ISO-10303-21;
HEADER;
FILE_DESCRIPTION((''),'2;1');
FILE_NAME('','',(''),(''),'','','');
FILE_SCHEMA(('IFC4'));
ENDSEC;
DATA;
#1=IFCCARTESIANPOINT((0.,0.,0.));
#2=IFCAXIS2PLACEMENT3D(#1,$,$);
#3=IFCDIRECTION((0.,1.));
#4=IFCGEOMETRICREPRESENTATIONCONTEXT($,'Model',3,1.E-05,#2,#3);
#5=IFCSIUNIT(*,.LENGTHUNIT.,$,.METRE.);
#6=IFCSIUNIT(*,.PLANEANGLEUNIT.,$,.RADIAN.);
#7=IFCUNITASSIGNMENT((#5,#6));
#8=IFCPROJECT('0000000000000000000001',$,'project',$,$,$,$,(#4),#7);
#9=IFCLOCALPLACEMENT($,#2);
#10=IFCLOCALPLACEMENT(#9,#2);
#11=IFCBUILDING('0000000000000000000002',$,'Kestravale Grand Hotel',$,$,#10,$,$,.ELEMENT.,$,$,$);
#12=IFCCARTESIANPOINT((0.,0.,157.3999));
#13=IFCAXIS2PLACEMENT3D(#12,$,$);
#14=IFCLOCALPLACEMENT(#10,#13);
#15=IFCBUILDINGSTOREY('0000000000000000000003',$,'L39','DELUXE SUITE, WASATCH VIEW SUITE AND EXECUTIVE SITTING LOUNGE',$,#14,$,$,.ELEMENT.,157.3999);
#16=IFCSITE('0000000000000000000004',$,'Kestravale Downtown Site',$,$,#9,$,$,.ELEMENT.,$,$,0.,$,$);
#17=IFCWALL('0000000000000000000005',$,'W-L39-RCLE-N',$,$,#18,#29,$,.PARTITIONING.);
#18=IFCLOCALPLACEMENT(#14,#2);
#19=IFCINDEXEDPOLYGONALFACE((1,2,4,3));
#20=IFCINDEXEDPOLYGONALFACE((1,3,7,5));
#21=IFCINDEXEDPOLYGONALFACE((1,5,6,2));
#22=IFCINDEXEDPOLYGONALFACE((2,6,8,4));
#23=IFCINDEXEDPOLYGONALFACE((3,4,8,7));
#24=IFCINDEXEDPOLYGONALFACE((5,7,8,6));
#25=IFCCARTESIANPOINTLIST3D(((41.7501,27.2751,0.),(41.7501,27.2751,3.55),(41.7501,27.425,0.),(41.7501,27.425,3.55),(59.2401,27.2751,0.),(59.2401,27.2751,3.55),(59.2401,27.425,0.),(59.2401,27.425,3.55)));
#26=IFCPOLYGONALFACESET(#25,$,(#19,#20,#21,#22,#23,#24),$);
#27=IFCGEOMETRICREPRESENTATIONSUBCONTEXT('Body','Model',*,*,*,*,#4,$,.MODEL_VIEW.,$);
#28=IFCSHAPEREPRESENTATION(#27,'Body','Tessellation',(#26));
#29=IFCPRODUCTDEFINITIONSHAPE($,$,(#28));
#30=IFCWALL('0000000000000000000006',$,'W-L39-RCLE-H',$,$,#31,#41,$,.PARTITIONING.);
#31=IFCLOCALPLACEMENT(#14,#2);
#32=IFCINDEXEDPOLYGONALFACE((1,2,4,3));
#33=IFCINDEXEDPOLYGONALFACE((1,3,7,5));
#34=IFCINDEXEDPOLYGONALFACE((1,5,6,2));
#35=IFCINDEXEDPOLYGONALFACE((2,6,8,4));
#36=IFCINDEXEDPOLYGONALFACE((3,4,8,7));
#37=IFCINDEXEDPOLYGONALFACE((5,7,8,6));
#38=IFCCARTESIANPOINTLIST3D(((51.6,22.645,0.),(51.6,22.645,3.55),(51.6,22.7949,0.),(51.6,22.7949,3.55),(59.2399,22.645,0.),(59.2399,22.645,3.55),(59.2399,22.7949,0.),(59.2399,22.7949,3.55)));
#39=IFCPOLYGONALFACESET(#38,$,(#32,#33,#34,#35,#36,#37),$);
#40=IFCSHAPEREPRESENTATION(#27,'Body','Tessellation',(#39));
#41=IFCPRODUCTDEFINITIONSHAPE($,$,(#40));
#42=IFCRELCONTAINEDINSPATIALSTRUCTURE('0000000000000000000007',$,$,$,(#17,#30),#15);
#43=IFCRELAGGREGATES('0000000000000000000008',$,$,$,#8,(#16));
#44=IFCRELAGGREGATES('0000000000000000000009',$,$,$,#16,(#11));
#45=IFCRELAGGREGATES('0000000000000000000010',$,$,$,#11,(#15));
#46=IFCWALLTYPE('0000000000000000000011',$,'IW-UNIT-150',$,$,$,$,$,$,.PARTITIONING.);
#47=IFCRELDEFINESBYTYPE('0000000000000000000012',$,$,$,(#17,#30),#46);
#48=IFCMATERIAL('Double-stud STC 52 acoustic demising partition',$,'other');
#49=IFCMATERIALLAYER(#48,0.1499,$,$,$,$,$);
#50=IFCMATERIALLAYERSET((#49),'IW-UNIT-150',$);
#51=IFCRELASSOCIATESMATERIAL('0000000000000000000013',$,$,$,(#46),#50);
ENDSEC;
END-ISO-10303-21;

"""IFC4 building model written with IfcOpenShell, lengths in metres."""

from ifc_helpers import new_model, si_unit, direction, frame, frame_2d, origin, place, context, subcontext, project, spatial, rectangle, extrude, material, layer, layer_set, type_object, element, save


model = new_model("IFC4")

# Units and contexts
model_context = context("Model", 3, precision=1e-05, world=origin(), true_north=direction((0.0, 1.0)))
body_context = subcontext(model_context, "Body", "Model", "MODEL_VIEW")
ifc_project = project(units=[si_unit("LENGTHUNIT", "METRE"), si_unit("PLANEANGLEUNIT", "RADIAN")], contexts=[model_context])

# Site, building, storey
site_placement = place(None, origin())
site = spatial("IfcSite", under=ifc_project, at=site_placement, Name="Kestravale Downtown Site", CompositionType="ELEMENT", RefElevation=0.0)
building_placement = place(site_placement, origin())
building = spatial("IfcBuilding", under=site, at=building_placement, Name="Kestravale Grand Hotel", CompositionType="ELEMENT")
storey_placement = place(building_placement, frame((0.0, 0.0, 157.3999)))
storey = spatial("IfcBuildingStorey", under=building, at=storey_placement, Name="L39", Description="DELUXE SUITE, WASATCH VIEW SUITE AND EXECUTIVE SITTING LOUNGE", CompositionType="ELEMENT", Elevation=157.3999)

# Walls
ifc_material_1 = material(Name="Double-stud STC 52 acoustic demising partition", Category="other")
ifc_layer_1 = layer(ifc_material_1, 0.1499)
ifc_layer_set_1 = layer_set([ifc_layer_1], Name="IW-UNIT-150")
wall_type_1 = type_object("IfcWallType", Name="IW-UNIT-150", PredefinedType="PARTITIONING", material=ifc_layer_set_1)
wall_1_placement = place(storey_placement, frame((41.75, 27.3501, 0.0), z_axis=(0.0, 0.0, 1.0), x_axis=(1.0, 0.0, 0.0)))
element("IfcWall", 1, at=wall_1_placement, inside=storey, type_object=wall_type_1, Name="W-L39-RCLE-N", PredefinedType="PARTITIONING", context=body_context, shape_type="SweptSolid", body=[
    extrude(rectangle(XDim=17.49, YDim=0.1499, at=frame_2d((8.7451, 0.0))), origin(), (0.0, 0.0, 1.0), 3.55),
])
wall_2_placement = place(storey_placement, frame((51.6001, 22.72, 0.0), z_axis=(0.0, 0.0, 1.0), x_axis=(1.0, 0.0, 0.0)))
element("IfcWall", 2, at=wall_2_placement, inside=storey, type_object=wall_type_1, Name="W-L39-RCLE-H", PredefinedType="PARTITIONING", context=body_context, shape_type="SweptSolid", body=[
    extrude(rectangle(XDim=7.6399, YDim=0.1499, at=frame_2d((3.8198, 0.0))), origin(), (0.0, 0.0, 1.0), 3.55),
])

save(model, "model.ifc")
